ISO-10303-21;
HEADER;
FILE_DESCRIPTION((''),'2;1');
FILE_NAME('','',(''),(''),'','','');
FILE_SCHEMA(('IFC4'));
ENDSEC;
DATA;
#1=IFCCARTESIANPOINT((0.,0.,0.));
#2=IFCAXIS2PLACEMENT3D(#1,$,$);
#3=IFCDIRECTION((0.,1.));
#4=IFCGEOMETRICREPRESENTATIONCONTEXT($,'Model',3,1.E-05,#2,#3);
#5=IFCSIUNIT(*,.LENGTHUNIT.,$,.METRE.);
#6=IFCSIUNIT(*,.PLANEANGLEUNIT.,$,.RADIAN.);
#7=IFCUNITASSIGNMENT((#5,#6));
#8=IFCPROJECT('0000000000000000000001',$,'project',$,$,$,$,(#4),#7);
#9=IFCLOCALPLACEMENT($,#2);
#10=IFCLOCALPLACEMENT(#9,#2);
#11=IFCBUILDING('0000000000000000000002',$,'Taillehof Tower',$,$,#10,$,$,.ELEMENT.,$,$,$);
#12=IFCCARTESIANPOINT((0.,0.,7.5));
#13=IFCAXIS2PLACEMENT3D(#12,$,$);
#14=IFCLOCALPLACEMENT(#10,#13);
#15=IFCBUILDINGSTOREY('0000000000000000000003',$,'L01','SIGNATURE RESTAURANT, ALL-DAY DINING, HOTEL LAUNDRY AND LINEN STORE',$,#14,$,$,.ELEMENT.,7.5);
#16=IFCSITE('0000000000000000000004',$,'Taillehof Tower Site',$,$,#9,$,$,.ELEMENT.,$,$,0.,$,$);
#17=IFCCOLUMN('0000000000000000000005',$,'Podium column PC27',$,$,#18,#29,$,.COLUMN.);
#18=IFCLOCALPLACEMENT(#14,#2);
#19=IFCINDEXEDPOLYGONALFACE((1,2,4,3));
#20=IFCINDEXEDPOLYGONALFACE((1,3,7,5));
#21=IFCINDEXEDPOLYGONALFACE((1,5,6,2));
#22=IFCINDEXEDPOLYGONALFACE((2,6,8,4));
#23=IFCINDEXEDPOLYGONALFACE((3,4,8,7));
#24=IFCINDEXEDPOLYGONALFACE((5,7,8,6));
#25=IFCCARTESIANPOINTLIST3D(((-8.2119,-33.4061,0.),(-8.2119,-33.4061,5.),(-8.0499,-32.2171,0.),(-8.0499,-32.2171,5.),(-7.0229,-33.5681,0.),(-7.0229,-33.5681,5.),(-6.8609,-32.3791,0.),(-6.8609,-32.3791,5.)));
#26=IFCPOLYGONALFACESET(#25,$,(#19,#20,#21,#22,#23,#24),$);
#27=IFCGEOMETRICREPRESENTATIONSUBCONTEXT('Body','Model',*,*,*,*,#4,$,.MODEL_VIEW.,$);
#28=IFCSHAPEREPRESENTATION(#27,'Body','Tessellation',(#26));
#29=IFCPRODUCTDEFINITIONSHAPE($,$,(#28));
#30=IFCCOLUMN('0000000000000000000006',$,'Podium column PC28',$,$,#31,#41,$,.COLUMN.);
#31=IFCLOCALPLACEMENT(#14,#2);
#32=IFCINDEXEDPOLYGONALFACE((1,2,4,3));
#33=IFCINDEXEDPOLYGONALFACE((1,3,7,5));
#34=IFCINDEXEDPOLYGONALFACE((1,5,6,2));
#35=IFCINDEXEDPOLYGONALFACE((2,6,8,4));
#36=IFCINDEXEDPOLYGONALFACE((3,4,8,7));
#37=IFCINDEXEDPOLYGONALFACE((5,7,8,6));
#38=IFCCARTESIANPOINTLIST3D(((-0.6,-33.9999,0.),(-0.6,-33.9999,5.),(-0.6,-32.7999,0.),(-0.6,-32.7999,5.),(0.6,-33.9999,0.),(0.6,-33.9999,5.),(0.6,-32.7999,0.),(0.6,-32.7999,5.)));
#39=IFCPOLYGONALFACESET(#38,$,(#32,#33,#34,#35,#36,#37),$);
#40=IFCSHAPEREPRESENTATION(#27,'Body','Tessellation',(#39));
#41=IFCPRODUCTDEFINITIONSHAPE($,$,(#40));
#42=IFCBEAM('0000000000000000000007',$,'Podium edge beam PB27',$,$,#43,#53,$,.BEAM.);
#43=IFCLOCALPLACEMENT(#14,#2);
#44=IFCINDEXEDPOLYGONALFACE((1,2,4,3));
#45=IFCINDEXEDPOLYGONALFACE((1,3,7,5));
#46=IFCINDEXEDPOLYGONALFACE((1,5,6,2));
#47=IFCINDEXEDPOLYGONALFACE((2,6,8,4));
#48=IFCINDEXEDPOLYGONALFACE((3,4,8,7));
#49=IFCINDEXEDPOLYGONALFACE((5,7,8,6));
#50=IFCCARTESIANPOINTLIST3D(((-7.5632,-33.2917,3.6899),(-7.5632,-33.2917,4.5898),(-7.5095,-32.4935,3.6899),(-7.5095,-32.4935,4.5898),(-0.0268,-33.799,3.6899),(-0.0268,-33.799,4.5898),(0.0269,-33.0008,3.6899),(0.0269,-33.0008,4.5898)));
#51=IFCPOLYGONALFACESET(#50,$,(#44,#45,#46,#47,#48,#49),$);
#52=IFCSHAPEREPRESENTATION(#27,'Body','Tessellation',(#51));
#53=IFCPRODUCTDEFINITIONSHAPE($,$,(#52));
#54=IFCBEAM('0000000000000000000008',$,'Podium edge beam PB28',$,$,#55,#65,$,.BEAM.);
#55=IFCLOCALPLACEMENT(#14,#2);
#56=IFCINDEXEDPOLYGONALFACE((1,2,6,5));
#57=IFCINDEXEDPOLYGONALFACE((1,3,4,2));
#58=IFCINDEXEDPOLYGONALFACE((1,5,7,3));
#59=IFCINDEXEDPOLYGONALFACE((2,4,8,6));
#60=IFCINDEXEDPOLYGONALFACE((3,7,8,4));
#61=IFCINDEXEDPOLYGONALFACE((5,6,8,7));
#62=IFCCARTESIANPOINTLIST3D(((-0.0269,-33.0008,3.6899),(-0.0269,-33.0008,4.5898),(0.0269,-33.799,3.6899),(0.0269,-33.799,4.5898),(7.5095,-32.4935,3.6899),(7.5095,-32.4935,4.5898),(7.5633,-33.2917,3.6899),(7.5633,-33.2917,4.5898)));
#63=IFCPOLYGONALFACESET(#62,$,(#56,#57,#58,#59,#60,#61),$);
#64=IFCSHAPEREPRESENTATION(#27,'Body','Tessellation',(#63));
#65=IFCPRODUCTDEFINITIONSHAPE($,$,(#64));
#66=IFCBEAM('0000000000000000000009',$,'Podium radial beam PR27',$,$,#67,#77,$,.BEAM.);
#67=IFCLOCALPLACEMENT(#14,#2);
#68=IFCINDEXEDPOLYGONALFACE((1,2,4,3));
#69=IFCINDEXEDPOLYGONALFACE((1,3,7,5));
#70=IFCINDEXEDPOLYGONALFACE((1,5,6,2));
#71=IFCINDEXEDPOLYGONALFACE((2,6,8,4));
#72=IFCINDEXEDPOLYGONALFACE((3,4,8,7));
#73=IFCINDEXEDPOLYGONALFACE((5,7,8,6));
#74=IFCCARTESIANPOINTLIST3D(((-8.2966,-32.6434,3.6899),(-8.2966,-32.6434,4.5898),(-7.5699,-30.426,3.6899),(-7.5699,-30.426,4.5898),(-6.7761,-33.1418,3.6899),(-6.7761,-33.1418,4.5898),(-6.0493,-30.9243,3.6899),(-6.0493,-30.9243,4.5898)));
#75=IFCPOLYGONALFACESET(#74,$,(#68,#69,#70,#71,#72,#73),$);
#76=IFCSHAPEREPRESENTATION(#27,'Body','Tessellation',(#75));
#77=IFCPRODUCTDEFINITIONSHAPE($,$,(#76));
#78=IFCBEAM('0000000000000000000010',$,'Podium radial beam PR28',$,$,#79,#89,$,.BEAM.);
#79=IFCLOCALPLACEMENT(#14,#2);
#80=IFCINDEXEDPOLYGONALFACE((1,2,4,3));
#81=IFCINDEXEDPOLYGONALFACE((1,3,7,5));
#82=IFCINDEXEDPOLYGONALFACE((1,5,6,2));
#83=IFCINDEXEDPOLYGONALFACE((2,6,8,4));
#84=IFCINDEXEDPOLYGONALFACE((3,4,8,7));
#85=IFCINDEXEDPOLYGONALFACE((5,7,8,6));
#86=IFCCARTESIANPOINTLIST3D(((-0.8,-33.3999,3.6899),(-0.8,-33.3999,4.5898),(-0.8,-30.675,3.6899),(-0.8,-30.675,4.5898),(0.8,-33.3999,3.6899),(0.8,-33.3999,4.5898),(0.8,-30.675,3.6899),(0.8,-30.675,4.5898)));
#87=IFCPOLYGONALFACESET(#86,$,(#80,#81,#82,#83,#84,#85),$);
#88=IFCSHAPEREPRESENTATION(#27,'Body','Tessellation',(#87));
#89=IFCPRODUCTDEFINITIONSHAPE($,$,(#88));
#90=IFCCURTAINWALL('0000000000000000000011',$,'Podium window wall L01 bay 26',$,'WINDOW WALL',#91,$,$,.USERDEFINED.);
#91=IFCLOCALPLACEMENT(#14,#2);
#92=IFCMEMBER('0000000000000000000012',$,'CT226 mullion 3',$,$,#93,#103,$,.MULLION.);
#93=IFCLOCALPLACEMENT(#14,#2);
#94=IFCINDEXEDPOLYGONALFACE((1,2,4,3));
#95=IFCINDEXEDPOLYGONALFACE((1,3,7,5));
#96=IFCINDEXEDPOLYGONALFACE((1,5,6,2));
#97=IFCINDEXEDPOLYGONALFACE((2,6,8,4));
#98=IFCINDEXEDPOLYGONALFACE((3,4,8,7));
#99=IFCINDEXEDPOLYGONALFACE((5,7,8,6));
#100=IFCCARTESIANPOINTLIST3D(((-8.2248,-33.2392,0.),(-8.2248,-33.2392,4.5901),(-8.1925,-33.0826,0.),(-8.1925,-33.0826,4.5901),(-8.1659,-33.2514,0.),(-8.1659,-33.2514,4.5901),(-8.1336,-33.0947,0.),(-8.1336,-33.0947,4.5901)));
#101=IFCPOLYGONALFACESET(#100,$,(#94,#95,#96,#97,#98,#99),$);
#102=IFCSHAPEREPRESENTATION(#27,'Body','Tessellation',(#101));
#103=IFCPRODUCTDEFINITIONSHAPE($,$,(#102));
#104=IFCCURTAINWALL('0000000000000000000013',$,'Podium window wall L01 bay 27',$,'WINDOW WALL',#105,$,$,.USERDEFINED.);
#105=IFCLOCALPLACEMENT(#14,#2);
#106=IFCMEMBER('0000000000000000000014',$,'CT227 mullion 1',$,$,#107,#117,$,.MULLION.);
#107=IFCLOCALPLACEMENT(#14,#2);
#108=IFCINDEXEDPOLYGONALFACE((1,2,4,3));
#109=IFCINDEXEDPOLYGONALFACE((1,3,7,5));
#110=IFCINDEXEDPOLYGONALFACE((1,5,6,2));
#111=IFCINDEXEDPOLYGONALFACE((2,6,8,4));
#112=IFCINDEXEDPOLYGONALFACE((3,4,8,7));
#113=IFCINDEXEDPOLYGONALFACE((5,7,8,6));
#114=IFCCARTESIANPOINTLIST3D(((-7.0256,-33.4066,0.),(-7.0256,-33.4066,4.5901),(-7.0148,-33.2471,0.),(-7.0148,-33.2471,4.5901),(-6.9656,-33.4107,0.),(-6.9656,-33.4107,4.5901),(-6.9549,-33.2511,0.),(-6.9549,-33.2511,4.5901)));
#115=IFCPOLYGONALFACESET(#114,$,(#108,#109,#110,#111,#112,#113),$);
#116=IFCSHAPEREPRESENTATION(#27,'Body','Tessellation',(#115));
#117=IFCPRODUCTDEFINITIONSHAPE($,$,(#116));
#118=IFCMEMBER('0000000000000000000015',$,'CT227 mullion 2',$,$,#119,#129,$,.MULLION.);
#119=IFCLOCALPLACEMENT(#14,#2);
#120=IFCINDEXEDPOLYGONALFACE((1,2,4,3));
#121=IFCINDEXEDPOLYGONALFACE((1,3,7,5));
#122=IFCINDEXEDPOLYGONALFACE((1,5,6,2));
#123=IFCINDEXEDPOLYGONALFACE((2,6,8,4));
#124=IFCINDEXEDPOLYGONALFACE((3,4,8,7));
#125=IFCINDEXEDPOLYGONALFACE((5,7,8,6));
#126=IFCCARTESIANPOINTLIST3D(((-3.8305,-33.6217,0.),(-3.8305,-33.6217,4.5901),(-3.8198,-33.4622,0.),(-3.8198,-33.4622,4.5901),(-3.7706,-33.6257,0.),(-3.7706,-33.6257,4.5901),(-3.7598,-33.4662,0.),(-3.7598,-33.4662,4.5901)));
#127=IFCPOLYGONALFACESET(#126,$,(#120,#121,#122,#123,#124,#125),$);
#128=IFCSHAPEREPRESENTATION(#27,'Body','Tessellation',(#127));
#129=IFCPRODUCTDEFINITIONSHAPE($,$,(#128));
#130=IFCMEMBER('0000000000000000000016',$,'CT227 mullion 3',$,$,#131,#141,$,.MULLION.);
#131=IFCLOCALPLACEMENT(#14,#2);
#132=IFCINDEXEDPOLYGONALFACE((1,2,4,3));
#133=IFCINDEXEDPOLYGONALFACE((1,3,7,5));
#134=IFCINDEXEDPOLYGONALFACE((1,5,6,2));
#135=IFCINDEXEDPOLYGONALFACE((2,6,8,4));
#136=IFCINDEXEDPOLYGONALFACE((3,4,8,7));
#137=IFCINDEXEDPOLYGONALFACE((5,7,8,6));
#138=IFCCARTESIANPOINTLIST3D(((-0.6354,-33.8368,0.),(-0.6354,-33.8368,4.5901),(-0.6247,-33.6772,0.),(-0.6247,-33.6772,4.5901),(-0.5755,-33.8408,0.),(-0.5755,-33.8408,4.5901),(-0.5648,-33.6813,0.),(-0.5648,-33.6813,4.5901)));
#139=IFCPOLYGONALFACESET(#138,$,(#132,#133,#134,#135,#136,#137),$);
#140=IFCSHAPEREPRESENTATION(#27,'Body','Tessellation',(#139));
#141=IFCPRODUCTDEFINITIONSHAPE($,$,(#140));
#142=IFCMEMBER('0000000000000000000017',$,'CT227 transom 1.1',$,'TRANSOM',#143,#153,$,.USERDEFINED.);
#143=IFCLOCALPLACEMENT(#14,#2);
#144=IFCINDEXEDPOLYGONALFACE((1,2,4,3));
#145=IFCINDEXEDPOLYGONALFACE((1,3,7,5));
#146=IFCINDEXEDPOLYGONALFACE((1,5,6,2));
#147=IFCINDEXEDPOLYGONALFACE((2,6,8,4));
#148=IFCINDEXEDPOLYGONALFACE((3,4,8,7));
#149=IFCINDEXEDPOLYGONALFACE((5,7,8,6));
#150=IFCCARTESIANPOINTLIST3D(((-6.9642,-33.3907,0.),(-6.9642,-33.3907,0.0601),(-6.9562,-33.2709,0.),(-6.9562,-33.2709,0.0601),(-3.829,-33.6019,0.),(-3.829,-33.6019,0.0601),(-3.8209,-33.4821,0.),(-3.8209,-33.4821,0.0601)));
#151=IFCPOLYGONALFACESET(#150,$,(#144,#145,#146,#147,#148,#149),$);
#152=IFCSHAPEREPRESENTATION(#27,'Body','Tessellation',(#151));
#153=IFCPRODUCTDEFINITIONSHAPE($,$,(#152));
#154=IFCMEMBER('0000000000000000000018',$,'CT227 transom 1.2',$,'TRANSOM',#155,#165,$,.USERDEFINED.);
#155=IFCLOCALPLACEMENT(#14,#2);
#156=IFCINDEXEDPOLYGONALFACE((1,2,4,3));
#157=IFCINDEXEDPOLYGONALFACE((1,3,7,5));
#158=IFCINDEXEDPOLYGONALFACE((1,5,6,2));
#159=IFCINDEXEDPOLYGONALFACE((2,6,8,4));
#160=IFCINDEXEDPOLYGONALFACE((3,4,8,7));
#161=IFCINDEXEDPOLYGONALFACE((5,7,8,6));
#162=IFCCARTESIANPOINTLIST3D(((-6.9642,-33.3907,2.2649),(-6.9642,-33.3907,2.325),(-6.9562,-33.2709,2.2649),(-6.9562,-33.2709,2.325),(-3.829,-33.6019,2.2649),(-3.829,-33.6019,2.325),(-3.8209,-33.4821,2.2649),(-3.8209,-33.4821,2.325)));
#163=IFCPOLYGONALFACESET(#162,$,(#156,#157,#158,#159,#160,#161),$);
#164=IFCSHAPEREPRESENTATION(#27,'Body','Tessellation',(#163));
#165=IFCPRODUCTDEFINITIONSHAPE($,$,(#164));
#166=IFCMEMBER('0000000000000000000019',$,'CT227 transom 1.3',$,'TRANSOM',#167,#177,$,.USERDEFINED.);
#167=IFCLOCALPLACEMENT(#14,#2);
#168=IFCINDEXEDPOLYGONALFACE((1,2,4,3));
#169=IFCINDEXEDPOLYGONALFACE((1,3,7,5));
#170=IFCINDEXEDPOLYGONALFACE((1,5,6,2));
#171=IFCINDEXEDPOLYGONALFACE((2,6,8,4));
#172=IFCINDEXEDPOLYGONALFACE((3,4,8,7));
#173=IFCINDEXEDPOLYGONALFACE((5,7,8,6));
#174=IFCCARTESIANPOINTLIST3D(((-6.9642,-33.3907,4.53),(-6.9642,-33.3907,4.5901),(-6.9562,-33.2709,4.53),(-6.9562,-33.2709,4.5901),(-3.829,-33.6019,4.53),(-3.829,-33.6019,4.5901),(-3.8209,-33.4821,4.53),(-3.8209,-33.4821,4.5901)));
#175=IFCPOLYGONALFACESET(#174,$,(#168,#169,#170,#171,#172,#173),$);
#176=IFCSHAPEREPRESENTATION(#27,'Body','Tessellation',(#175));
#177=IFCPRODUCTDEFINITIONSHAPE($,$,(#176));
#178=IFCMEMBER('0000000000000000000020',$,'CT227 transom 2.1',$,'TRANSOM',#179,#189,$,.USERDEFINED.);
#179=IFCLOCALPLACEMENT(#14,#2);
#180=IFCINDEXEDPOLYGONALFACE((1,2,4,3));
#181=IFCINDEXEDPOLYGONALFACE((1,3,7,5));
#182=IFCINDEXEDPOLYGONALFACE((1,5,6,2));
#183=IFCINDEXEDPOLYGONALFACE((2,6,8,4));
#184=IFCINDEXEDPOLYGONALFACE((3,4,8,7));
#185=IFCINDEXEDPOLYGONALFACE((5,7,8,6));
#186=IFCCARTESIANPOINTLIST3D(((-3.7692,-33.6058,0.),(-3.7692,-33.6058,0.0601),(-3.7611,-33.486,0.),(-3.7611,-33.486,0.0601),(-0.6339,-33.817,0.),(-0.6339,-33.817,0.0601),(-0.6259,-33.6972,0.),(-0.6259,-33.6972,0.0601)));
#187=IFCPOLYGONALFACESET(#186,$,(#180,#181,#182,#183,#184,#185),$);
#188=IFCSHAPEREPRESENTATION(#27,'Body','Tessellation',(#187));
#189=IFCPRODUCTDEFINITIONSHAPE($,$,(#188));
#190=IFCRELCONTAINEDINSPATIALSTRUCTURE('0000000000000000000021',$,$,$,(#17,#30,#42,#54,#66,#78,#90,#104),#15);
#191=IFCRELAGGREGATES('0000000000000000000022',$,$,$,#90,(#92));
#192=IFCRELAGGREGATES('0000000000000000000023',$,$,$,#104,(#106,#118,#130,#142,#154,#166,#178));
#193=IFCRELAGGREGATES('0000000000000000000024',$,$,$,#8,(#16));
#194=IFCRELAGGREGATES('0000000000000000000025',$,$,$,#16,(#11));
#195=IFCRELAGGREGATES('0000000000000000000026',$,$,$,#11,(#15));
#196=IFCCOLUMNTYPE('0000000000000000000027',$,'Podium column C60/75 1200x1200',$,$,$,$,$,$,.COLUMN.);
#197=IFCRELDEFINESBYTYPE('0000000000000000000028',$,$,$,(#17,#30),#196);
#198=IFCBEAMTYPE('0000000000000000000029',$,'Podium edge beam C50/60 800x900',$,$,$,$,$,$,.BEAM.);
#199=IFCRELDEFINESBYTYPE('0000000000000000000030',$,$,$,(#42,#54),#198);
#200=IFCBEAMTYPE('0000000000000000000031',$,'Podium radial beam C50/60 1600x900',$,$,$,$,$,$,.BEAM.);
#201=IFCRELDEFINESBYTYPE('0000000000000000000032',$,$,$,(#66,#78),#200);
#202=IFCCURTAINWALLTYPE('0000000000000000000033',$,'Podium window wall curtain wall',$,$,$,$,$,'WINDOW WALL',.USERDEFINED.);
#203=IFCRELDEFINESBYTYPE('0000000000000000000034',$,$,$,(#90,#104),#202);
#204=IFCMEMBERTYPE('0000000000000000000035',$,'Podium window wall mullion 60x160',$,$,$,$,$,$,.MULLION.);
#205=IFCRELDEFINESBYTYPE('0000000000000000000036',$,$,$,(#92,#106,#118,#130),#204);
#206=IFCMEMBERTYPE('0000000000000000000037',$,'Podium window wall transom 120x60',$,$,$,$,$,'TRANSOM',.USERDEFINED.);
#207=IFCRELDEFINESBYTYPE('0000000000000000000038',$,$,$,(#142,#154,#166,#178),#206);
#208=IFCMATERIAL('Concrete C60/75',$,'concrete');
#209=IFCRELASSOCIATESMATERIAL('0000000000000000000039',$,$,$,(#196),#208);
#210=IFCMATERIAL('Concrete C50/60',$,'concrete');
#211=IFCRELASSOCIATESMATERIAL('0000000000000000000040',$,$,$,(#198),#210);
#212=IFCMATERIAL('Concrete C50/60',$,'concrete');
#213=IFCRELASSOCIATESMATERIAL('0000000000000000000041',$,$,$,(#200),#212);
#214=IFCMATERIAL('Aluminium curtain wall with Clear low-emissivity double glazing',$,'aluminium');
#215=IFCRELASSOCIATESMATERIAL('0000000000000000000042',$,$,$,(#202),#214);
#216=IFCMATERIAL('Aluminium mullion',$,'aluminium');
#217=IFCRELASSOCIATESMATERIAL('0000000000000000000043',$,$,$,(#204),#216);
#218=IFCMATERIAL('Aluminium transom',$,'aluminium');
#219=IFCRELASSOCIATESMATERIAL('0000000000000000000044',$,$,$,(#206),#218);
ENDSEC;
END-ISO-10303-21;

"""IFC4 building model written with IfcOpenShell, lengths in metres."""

from ifc_helpers import new_model, si_unit, direction, frame, origin, origin_2d, place, context, subcontext, project, spatial, rectangle, extrude, material, material_profile, profile_set, type_object, element, aggregate, save


model = new_model("IFC4")

# Units and contexts
model_context = context("Model", 3, precision=1e-05, world=origin(), true_north=direction((0.0, 1.0)))
body_context = subcontext(model_context, "Body", "Model", "MODEL_VIEW")
ifc_project = project(units=[si_unit("LENGTHUNIT", "METRE"), si_unit("PLANEANGLEUNIT", "RADIAN")], contexts=[model_context])

# Site, building, storey
site_placement = place(None, origin())
site = spatial("IfcSite", under=ifc_project, at=site_placement, Name="Taillehof Tower Site", CompositionType="ELEMENT", RefElevation=0.0)
building_placement = place(site_placement, origin())
building = spatial("IfcBuilding", under=site, at=building_placement, Name="Taillehof Tower", CompositionType="ELEMENT")
storey_placement = place(building_placement, frame((0.0, 0.0, 7.5)))
storey = spatial("IfcBuildingStorey", under=building, at=storey_placement, Name="L01", Description="SIGNATURE RESTAURANT, ALL-DAY DINING, HOTEL LAUNDRY AND LINEN STORE", CompositionType="ELEMENT", Elevation=7.5)

# Columns
ifc_material_1 = material(Name="Concrete C60/75", Category="concrete")
ifc_material_profile_1 = material_profile(ifc_material_1, rectangle(XDim=1.2, YDim=1.2, at=origin_2d()), Name="RC 1200x1200")
ifc_profile_set_1 = profile_set([ifc_material_profile_1], Name="Concrete C60/75")
column_type = type_object("IfcColumnType", Name="Podium column C60/75 1200x1200", PredefinedType="COLUMN", material=ifc_profile_set_1)
for number, where, z_axis, x_axis, name in (
    (1, (-7.5364, -32.8926, 0.0), (0.0, 0.0, 1.0), (-0.135005, -0.990845, 0.0), "Podium column PC27"),
    (2, (0.0, -33.3999, 0.0), (0.0, 0.0, 1.0), (0.0, -1.0, 0.0), "Podium column PC28"),
):
    element("IfcColumn", number, at=place(storey_placement, frame(where, z_axis=z_axis, x_axis=x_axis)), inside=storey, type_object=column_type, Name=name, PredefinedType="COLUMN", context=body_context, shape_type="SweptSolid", body=[
        extrude(rectangle(XDim=1.2, YDim=1.2, at=origin_2d()), origin(), (0.0, 0.0, 1.0), 5.0),
    ])

# Beams
ifc_material_2 = material(Name="Concrete C50/60", Category="concrete")
ifc_material_profile_2 = material_profile(ifc_material_2, rectangle(XDim=0.8, YDim=0.8999, at=origin_2d()), Name="RC 800x900")
ifc_profile_set_2 = profile_set([ifc_material_profile_2], Name="Concrete C50/60")
beam_type_1 = type_object("IfcBeamType", Name="Podium edge beam C50/60 800x900", PredefinedType="BEAM", material=ifc_profile_set_2)
for number, where, z_axis, x_axis, name in (
    (3, (-7.5364, -32.8926, 4.1399), (0.997742, -0.067165, 0.0), (0.067165, 0.997742, 0.0), "Podium edge beam PB27"),
    (4, (0.0, -33.3999, 4.1399), (0.997742, 0.067165, 0.0), (-0.067165, 0.997742, 0.0), "Podium edge beam PB28"),
):
    element("IfcBeam", number, at=place(storey_placement, frame(where, z_axis=z_axis, x_axis=x_axis)), inside=storey, type_object=beam_type_1, Name=name, PredefinedType="BEAM", context=body_context, shape_type="SweptSolid", body=[
        extrude(rectangle(XDim=0.8, YDim=0.8999, at=origin_2d()), origin(), (0.0, 0.0, 1.0), 7.5535),
    ])
ifc_material_3 = material(Name="Concrete C50/60", Category="concrete")
ifc_material_profile_3 = material_profile(ifc_material_3, rectangle(XDim=1.6001, YDim=0.8999, at=origin_2d()), Name="RC 1600x900")
ifc_profile_set_3 = profile_set([ifc_material_profile_3], Name="Concrete C50/60")
beam_type_2 = type_object("IfcBeamType", Name="Podium radial beam C50/60 1600x900", PredefinedType="BEAM", material=ifc_profile_set_3)
beam_1_placement = place(storey_placement, frame((-7.5364, -32.8926, 4.1399), z_axis=(0.311453, 0.950262, 0.0), x_axis=(-0.950262, 0.311453, 0.0)))
element("IfcBeam", 5, at=beam_1_placement, inside=storey, type_object=beam_type_2, Name="Podium radial beam PR27", PredefinedType="BEAM", context=body_context, shape_type="SweptSolid", body=[
    extrude(rectangle(XDim=1.6001, YDim=0.8999, at=origin_2d()), origin(), (0.0, 0.0, 1.0), 2.3335),
])
beam_2_placement = place(storey_placement, frame((0.0, -33.3999, 4.1399), z_axis=(0.0, 1.0, 0.0), x_axis=(-1.0, 0.0, 0.0)))
element("IfcBeam", 6, at=beam_2_placement, inside=storey, type_object=beam_type_2, Name="Podium radial beam PR28", PredefinedType="BEAM", context=body_context, shape_type="SweptSolid", body=[
    extrude(rectangle(XDim=1.6001, YDim=0.8999, at=origin_2d()), origin(), (0.0, 0.0, 1.0), 2.7249),
])

# Curtain wall, member
ifc_material_4 = material(Name="Aluminium curtain wall with Clear low-emissivity double glazing", Category="aluminium")
curtain_wall_type = type_object("IfcCurtainWallType", Name="Podium window wall curtain wall", ElementType="WINDOW WALL", PredefinedType="USERDEFINED", material=ifc_material_4)
curtain_wall_1_placement = place(storey_placement, origin())
curtain_wall_1 = element("IfcCurtainWall", 7, at=curtain_wall_1_placement, inside=storey, type_object=curtain_wall_type, Name="Podium window wall L01 bay 26", ObjectType="WINDOW WALL", PredefinedType="USERDEFINED")
ifc_material_5 = material(Name="Aluminium mullion", Category="aluminium")
ifc_material_profile_4 = material_profile(ifc_material_5, rectangle(XDim=0.1599, YDim=0.0601, at=origin_2d()), Name="AL 60x160")
ifc_profile_set_4 = profile_set([ifc_material_profile_4], Name="Aluminium mullion")
member_type_1 = type_object("IfcMemberType", Name="Podium window wall mullion 60x160", PredefinedType="MULLION", material=ifc_profile_set_4)
member_1_placement = place(storey_placement, frame((-8.1792, -33.167, 0.0), z_axis=(0.0, 0.0, 1.0), x_axis=(0.201976, 0.97939, 0.0)))
member_1 = element("IfcMember", 8, at=member_1_placement, type_object=member_type_1, Name="CT226 mullion 3", PredefinedType="MULLION", context=body_context, shape_type="SweptSolid", body=[
    extrude(rectangle(XDim=0.1599, YDim=0.0601, at=origin_2d()), origin(), (0.0, 0.0, 1.0), 4.5901),
])

# Curtain wall, members
curtain_wall_2_placement = place(storey_placement, origin())
curtain_wall_2 = element("IfcCurtainWall", 9, at=curtain_wall_2_placement, inside=storey, type_object=curtain_wall_type, Name="Podium window wall L01 bay 27", ObjectType="WINDOW WALL", PredefinedType="USERDEFINED")
member_2_placement = place(storey_placement, frame((-6.9902, -33.3289, 0.0), z_axis=(0.0, 0.0, 1.0), x_axis=(0.067183, 0.997741, 0.0)))
member_2 = element("IfcMember", 10, at=member_2_placement, type_object=member_type_1, Name="CT227 mullion 1", PredefinedType="MULLION", context=body_context, shape_type="SweptSolid", body=[
    extrude(rectangle(XDim=0.1599, YDim=0.0601, at=origin_2d()), origin(), (0.0, 0.0, 1.0), 4.5901),
])
member_3_placement = place(storey_placement, frame((-3.7952, -33.5439, 0.0), z_axis=(0.0, 0.0, 1.0), x_axis=(0.067183, 0.997741, 0.0)))
member_3 = element("IfcMember", 11, at=member_3_placement, type_object=member_type_1, Name="CT227 mullion 2", PredefinedType="MULLION", context=body_context, shape_type="SweptSolid", body=[
    extrude(rectangle(XDim=0.1599, YDim=0.0601, at=origin_2d()), origin(), (0.0, 0.0, 1.0), 4.5901),
])
member_4_placement = place(storey_placement, frame((-0.6001, -33.759, 0.0), z_axis=(0.0, 0.0, 1.0), x_axis=(0.067183, 0.997741, 0.0)))
member_4 = element("IfcMember", 12, at=member_4_placement, type_object=member_type_1, Name="CT227 mullion 3", PredefinedType="MULLION", context=body_context, shape_type="SweptSolid", body=[
    extrude(rectangle(XDim=0.1599, YDim=0.0601, at=origin_2d()), origin(), (0.0, 0.0, 1.0), 4.5901),
])
ifc_material_6 = material(Name="Aluminium transom", Category="aluminium")
ifc_material_profile_5 = material_profile(ifc_material_6, rectangle(XDim=0.1201, YDim=0.0601, at=origin_2d()), Name="AL 120x60")
ifc_profile_set_5 = profile_set([ifc_material_profile_5], Name="Aluminium transom")
member_type_2 = type_object("IfcMemberType", Name="Podium window wall transom 120x60", ElementType="TRANSOM", PredefinedType="USERDEFINED", material=ifc_profile_set_5)
member_5_placement = place(storey_placement, frame((-6.9602, -33.3308, 0.03), z_axis=(0.997739, -0.067205, 0.0), x_axis=(0.067205, 0.997739, 0.0)))
member_5 = element("IfcMember", 13, at=member_5_placement, type_object=member_type_2, Name="CT227 transom 1.1", ObjectType="TRANSOM", PredefinedType="USERDEFINED", context=body_context, shape_type="SweptSolid", body=[
    extrude(rectangle(XDim=0.1201, YDim=0.0601, at=origin_2d()), origin(), (0.0, 0.0, 1.0), 3.1423),
])
member_6_placement = place(storey_placement, frame((-6.9602, -33.3308, 2.2949), z_axis=(0.997739, -0.067205, 0.0), x_axis=(0.067205, 0.997739, 0.0)))
member_6 = element("IfcMember", 14, at=member_6_placement, type_object=member_type_2, Name="CT227 transom 1.2", ObjectType="TRANSOM", PredefinedType="USERDEFINED", context=body_context, shape_type="SweptSolid", body=[
    extrude(rectangle(XDim=0.1201, YDim=0.0601, at=origin_2d()), origin(), (0.0, 0.0, 1.0), 3.1423),
])
member_7_placement = place(storey_placement, frame((-6.9602, -33.3308, 4.5601), z_axis=(0.997739, -0.067205, 0.0), x_axis=(0.067205, 0.997739, 0.0)))
member_7 = element("IfcMember", 15, at=member_7_placement, type_object=member_type_2, Name="CT227 transom 1.3", ObjectType="TRANSOM", PredefinedType="USERDEFINED", context=body_context, shape_type="SweptSolid", body=[
    extrude(rectangle(XDim=0.1201, YDim=0.0601, at=origin_2d()), origin(), (0.0, 0.0, 1.0), 3.1423),
])
member_8_placement = place(storey_placement, frame((-3.7651, -33.5459, 0.03), z_axis=(0.997739, -0.067205, 0.0), x_axis=(0.067205, 0.997739, 0.0)))
member_8 = element("IfcMember", 16, at=member_8_placement, type_object=member_type_2, Name="CT227 transom 2.1", ObjectType="TRANSOM", PredefinedType="USERDEFINED", context=body_context, shape_type="SweptSolid", body=[
    extrude(rectangle(XDim=0.1201, YDim=0.0601, at=origin_2d()), origin(), (0.0, 0.0, 1.0), 3.1423),
])

aggregate(curtain_wall_1, [member_1])
aggregate(curtain_wall_2, [member_2, member_3, member_4, member_5, member_6, member_7, member_8])

save(model, "model.ifc")
